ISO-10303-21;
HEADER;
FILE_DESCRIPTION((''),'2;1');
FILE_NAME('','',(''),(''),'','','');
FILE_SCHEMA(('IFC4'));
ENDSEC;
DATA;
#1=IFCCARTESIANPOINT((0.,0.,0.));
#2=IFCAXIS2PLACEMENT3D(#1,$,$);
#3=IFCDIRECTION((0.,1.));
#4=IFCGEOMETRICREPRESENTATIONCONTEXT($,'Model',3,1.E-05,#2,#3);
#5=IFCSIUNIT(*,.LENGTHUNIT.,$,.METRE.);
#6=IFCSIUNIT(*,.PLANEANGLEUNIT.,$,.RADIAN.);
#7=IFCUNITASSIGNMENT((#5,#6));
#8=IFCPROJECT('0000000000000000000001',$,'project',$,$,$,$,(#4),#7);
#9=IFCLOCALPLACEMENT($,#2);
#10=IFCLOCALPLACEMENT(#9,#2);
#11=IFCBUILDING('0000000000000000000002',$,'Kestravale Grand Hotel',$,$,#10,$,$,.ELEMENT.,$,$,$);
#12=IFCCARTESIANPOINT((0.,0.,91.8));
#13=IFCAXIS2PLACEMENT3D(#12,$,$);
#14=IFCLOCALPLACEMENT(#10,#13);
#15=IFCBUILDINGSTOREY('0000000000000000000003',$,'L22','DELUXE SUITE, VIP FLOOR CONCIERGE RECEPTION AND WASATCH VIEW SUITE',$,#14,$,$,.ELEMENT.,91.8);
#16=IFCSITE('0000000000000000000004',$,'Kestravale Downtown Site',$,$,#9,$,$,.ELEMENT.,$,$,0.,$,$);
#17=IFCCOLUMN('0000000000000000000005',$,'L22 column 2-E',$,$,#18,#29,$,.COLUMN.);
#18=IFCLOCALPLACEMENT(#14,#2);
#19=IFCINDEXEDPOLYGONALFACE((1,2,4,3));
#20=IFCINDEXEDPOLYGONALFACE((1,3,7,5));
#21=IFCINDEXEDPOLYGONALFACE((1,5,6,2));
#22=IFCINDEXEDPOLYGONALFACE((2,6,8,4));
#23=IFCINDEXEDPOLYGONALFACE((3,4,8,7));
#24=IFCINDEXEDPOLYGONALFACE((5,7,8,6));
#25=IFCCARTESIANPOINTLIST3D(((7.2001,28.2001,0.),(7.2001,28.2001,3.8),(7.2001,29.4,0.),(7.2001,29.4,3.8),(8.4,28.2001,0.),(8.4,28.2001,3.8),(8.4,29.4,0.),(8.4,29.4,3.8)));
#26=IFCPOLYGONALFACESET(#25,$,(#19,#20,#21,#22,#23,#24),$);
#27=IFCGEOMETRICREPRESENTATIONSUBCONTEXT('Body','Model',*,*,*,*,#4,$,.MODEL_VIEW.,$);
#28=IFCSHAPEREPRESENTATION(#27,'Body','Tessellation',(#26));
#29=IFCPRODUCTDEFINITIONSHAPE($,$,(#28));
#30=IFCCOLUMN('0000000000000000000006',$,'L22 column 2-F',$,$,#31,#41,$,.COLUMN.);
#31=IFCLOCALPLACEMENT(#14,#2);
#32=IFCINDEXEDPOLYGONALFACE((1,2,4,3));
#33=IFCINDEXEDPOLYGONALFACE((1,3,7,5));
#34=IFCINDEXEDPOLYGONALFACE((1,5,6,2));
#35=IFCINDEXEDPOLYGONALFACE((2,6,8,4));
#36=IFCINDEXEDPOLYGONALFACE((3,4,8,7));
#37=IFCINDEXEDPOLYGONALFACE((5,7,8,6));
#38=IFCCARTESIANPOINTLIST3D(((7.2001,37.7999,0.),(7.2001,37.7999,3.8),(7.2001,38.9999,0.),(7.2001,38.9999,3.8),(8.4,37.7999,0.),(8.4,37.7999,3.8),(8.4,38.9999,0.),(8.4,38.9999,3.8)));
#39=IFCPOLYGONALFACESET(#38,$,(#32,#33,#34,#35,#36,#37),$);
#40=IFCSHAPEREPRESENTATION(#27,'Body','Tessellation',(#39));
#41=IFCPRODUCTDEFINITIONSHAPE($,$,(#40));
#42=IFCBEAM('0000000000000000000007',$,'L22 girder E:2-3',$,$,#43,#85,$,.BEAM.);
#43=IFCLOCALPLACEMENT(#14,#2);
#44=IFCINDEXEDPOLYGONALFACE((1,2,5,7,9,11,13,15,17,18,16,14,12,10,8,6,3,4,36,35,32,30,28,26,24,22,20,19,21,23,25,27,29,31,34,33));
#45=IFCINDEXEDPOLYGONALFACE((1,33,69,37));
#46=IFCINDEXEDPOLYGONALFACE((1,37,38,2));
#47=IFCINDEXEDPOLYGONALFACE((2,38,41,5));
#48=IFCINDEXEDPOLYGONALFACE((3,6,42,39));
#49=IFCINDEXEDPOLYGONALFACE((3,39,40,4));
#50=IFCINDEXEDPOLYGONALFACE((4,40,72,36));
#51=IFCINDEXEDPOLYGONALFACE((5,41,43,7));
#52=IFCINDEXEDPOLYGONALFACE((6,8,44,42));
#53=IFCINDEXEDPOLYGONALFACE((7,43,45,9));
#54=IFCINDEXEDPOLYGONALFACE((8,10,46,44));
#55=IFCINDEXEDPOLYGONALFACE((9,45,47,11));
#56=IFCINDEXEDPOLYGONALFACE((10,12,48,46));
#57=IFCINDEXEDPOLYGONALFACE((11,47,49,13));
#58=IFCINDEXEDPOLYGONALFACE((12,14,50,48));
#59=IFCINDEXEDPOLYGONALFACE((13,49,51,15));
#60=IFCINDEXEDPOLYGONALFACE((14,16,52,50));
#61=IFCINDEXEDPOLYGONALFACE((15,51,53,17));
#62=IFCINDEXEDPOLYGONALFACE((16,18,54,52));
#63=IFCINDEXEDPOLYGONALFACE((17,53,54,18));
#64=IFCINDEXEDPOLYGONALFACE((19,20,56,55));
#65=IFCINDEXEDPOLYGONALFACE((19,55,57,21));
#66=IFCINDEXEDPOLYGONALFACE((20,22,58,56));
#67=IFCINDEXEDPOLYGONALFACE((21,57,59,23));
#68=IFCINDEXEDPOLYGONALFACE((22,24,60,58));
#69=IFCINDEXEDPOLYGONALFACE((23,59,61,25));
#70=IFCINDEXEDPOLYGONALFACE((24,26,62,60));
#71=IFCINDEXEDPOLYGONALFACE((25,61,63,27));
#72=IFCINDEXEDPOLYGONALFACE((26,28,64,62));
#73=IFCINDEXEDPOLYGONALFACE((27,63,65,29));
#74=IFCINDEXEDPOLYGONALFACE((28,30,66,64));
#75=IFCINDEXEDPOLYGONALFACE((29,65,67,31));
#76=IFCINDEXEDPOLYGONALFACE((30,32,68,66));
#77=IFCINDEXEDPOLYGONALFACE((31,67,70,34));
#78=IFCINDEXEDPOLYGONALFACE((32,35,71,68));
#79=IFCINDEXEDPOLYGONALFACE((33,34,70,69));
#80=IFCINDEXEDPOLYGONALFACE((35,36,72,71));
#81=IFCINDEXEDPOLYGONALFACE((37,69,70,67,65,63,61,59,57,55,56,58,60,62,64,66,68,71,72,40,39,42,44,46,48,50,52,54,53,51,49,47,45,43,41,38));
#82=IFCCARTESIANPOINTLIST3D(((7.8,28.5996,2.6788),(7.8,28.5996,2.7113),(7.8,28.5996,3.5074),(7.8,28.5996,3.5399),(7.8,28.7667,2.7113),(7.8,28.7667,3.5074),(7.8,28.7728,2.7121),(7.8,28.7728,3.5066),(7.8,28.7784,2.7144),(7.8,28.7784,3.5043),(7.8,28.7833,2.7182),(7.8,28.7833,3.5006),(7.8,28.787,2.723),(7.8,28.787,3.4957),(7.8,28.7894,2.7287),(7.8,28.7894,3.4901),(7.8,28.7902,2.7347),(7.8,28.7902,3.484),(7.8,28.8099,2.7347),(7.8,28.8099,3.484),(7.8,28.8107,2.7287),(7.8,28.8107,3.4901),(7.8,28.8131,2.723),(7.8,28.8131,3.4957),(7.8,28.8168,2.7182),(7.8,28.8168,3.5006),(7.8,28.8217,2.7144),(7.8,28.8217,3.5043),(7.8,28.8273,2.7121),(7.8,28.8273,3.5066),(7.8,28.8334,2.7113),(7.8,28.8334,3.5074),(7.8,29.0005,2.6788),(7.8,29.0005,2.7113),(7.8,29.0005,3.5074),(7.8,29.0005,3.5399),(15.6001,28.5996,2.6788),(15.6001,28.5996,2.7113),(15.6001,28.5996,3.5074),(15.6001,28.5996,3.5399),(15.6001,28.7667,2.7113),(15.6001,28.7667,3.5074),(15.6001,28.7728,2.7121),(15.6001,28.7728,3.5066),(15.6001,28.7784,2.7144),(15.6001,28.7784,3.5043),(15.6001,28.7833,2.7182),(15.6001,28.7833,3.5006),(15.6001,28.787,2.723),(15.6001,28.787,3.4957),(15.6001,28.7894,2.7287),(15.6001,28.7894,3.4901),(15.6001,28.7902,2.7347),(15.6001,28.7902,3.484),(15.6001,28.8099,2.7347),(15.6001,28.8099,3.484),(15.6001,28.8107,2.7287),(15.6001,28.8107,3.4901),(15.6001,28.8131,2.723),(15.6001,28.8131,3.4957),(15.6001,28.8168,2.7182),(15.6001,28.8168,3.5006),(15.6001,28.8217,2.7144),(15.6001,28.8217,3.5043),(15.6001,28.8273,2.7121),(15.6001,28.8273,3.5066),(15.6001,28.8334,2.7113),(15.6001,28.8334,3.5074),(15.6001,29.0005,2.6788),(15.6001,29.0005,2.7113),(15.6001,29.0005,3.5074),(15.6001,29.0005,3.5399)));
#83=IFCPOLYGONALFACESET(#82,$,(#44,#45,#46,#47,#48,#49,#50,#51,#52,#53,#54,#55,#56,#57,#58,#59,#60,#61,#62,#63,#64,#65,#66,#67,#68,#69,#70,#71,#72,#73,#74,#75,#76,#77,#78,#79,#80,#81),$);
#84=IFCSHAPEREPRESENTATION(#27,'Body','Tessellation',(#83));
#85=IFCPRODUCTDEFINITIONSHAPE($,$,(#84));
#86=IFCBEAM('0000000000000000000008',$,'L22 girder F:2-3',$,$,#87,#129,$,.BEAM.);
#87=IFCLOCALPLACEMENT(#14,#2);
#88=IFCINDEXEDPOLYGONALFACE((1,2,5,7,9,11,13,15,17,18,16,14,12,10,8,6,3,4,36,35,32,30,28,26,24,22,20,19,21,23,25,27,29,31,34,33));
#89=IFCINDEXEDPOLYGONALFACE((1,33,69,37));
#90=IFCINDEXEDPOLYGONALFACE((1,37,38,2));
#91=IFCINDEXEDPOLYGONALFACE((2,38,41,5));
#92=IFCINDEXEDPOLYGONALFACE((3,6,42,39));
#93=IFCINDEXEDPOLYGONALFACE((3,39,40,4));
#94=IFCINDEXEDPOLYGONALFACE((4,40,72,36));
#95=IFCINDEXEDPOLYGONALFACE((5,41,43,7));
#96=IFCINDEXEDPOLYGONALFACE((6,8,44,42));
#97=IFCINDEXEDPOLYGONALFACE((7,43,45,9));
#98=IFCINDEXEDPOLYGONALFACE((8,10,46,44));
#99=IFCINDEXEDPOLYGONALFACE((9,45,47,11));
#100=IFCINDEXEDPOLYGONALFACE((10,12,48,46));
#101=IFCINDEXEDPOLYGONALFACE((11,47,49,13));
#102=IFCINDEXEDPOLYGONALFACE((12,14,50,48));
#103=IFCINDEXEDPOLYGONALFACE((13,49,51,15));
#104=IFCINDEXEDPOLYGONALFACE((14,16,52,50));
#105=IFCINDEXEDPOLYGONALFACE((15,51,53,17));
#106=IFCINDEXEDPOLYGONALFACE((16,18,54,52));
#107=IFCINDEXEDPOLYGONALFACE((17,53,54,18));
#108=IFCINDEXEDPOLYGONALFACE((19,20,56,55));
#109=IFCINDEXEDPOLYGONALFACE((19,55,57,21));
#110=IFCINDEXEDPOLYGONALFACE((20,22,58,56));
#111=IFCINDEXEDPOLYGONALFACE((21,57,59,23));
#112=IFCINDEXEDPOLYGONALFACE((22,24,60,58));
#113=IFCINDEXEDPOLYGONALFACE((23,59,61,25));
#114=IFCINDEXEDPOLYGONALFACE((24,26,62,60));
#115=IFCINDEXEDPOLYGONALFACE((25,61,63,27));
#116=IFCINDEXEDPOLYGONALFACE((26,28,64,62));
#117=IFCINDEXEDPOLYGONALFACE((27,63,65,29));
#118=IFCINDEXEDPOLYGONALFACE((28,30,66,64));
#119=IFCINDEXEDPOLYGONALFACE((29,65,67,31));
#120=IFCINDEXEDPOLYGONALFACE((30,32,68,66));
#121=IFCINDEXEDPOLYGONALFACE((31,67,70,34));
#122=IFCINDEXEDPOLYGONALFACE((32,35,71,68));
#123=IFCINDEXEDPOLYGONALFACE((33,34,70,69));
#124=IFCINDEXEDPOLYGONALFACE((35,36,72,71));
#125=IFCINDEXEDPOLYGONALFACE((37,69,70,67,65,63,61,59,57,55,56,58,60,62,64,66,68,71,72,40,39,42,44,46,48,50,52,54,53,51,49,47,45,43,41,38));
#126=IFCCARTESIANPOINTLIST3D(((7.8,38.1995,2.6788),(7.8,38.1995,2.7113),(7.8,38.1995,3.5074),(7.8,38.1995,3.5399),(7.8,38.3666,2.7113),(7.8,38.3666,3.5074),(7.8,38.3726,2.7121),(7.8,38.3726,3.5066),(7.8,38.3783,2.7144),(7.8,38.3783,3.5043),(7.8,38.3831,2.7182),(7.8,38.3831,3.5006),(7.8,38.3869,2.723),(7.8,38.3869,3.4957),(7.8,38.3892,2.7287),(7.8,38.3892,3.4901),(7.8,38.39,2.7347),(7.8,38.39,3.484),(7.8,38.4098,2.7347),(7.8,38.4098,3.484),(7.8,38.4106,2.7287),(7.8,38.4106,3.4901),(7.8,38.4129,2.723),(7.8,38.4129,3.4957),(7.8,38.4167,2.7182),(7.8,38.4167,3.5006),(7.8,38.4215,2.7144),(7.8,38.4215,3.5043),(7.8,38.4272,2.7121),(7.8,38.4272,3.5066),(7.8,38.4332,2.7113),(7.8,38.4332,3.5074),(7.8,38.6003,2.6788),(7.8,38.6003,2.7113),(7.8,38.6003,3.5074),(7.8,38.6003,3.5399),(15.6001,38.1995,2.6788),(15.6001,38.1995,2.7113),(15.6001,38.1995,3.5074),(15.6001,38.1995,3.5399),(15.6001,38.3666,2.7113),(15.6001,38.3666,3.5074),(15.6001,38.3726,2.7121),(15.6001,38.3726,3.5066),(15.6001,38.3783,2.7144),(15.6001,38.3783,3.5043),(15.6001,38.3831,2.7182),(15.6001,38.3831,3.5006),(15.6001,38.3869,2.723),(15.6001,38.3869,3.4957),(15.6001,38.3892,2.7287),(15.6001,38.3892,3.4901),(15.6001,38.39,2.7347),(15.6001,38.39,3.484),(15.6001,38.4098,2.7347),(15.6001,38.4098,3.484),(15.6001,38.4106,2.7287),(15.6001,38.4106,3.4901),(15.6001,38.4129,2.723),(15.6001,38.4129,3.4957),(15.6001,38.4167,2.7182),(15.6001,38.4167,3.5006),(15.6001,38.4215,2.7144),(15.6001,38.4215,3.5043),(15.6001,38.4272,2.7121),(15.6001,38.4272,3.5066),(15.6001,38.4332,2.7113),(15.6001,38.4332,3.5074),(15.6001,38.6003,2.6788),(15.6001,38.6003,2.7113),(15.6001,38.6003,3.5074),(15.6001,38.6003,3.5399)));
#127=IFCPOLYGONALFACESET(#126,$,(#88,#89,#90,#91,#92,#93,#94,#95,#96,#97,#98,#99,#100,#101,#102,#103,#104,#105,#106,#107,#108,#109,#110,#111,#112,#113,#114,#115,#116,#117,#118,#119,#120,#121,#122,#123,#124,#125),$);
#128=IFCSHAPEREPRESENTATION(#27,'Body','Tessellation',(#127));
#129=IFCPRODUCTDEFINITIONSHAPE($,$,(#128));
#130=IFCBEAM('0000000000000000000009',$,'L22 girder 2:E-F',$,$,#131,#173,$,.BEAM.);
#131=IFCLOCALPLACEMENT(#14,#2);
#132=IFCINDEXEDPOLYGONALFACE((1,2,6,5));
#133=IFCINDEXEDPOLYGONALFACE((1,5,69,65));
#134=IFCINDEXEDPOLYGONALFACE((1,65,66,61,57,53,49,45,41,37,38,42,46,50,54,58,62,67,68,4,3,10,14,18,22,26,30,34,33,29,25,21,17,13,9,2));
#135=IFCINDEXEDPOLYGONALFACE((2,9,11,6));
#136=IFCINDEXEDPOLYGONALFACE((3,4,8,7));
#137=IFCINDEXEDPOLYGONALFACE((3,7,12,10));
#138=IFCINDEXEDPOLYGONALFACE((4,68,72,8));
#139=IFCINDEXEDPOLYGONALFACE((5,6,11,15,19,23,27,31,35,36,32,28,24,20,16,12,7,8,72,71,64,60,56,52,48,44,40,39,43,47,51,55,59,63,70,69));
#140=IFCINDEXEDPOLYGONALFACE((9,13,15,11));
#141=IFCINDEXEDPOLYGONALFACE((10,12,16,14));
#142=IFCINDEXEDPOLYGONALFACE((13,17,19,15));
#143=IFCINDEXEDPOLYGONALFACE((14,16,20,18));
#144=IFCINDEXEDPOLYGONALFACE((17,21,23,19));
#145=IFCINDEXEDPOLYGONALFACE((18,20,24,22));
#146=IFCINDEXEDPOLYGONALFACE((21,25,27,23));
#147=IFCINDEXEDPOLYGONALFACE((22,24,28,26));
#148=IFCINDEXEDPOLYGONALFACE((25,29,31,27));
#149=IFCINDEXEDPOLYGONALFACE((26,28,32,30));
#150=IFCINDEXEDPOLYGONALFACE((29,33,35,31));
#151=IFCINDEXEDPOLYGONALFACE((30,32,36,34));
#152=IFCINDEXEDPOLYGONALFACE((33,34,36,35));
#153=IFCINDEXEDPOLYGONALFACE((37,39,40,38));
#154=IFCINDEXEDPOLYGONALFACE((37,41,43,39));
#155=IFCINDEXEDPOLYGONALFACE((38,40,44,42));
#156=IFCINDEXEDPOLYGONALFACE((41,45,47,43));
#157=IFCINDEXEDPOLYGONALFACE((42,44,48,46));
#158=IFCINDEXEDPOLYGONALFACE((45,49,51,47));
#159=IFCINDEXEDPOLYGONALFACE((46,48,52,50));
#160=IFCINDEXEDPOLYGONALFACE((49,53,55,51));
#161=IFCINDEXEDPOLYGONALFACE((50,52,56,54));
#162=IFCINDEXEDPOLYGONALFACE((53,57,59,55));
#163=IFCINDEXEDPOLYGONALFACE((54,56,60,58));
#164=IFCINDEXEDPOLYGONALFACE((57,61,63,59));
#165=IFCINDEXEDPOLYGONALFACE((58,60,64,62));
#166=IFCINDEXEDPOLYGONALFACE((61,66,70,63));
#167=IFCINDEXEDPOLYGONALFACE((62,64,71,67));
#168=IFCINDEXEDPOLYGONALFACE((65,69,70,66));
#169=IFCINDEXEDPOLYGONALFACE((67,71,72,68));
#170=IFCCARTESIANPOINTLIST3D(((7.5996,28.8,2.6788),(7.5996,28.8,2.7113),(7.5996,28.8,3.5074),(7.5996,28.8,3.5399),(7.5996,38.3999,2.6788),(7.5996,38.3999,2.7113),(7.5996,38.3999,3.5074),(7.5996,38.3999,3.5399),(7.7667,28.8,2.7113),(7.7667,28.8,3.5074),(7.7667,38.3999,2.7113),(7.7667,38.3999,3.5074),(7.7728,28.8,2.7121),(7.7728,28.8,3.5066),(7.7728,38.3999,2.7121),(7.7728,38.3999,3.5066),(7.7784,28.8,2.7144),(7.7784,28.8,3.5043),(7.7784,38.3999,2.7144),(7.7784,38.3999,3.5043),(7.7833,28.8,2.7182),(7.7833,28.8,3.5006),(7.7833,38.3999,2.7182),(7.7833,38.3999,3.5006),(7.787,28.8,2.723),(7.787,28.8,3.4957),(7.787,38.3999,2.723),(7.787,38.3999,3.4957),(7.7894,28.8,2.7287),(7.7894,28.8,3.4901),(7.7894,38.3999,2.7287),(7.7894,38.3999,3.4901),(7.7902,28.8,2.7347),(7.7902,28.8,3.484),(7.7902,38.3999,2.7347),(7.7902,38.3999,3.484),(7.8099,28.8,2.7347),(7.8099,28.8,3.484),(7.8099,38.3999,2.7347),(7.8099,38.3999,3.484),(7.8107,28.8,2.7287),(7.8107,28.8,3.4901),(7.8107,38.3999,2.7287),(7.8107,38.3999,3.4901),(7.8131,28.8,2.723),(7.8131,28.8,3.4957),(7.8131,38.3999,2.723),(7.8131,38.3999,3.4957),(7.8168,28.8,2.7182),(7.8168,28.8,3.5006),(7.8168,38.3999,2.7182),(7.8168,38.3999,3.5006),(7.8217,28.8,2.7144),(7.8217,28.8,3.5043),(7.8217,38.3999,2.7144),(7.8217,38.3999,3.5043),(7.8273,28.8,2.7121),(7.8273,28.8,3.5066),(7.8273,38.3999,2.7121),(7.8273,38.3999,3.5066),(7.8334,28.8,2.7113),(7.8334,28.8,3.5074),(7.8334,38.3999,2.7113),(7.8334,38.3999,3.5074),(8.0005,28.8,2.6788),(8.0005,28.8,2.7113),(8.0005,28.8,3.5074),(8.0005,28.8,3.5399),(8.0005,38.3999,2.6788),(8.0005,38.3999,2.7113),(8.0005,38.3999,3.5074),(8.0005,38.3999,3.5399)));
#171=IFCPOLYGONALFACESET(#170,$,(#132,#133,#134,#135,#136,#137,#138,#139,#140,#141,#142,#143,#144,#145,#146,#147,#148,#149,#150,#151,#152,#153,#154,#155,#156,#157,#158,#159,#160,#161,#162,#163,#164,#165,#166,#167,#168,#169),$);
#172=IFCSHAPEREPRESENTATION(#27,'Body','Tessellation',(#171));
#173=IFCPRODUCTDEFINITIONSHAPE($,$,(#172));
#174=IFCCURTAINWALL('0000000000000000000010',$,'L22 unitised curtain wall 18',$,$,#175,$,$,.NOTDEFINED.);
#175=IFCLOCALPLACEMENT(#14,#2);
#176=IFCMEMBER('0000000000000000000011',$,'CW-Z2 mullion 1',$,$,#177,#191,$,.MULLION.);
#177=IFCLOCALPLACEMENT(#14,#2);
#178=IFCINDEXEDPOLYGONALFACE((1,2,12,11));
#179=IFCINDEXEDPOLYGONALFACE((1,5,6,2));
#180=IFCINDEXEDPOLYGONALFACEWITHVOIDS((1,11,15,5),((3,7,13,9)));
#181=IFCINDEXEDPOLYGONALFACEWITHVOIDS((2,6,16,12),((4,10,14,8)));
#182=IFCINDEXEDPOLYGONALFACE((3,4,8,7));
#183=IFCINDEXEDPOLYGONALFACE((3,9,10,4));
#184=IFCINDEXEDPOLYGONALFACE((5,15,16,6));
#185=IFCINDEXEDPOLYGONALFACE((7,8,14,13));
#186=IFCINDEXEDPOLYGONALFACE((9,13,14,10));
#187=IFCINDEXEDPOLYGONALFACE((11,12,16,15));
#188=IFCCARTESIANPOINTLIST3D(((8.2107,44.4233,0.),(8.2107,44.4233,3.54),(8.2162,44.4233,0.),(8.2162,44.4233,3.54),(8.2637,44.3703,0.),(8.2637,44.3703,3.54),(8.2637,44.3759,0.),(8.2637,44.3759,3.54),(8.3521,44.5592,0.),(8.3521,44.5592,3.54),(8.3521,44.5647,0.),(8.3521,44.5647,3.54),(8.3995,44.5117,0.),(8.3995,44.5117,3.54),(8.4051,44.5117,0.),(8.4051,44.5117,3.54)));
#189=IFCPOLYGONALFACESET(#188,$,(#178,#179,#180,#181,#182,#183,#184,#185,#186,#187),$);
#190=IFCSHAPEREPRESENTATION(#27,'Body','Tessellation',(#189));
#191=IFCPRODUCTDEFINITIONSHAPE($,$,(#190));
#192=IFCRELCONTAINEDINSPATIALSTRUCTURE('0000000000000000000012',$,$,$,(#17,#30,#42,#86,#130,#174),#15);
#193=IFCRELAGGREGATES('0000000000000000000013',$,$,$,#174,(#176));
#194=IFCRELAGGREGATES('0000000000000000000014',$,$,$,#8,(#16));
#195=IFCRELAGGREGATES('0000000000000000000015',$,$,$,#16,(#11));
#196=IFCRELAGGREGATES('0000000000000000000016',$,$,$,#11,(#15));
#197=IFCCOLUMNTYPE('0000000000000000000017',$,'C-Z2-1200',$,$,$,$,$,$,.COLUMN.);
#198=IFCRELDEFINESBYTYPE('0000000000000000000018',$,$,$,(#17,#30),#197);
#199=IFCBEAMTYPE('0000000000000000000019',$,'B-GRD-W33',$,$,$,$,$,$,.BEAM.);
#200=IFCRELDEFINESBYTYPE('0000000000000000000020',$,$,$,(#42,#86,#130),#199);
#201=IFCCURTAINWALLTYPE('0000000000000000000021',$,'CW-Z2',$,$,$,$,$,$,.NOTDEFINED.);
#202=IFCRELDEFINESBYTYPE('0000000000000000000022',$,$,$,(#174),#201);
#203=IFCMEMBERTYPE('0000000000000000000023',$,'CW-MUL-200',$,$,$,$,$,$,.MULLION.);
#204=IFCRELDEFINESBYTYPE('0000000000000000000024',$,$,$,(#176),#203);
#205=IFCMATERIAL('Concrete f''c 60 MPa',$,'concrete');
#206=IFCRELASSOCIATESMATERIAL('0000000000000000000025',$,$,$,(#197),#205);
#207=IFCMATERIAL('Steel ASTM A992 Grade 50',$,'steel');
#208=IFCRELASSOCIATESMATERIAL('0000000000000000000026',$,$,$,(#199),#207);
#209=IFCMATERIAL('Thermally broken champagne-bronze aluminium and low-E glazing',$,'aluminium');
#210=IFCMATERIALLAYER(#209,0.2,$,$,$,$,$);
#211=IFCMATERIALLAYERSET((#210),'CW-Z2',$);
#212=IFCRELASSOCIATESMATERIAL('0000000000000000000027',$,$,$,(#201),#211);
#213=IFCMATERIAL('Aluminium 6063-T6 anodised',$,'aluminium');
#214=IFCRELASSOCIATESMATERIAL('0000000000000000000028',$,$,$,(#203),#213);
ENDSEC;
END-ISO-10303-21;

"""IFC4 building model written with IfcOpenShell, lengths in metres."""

from ifc_helpers import new_model, si_unit, direction, frame, origin, origin_2d, place, context, subcontext, project, spatial, rectangle, hollow_rectangle, i_section, extrude, material, layer, layer_set, material_profile, profile_set, type_object, element, aggregate, save


model = new_model("IFC4")

# Units and contexts
model_context = context("Model", 3, precision=1e-05, world=origin(), true_north=direction((0.0, 1.0)))
body_context = subcontext(model_context, "Body", "Model", "MODEL_VIEW")
ifc_project = project(units=[si_unit("LENGTHUNIT", "METRE"), si_unit("PLANEANGLEUNIT", "RADIAN")], contexts=[model_context])

# Site, building, storey
site_placement = place(None, origin())
site = spatial("IfcSite", under=ifc_project, at=site_placement, Name="Kestravale Downtown Site", CompositionType="ELEMENT", RefElevation=0.0)
building_placement = place(site_placement, origin())
building = spatial("IfcBuilding", under=site, at=building_placement, Name="Kestravale Grand Hotel", CompositionType="ELEMENT")
storey_placement = place(building_placement, frame((0.0, 0.0, 91.8)))
storey = spatial("IfcBuildingStorey", under=building, at=storey_placement, Name="L22", Description="DELUXE SUITE, VIP FLOOR CONCIERGE RECEPTION AND WASATCH VIEW SUITE", CompositionType="ELEMENT", Elevation=91.8)

# Columns
ifc_material_1 = material(Name="Concrete f'c 60 MPa", Category="concrete")
ifc_material_profile_1 = material_profile(ifc_material_1, rectangle(XDim=1.2, YDim=1.2, at=origin_2d()))
ifc_profile_set_1 = profile_set([ifc_material_profile_1], Name="Concrete f'c 60 MPa")
column_type = type_object("IfcColumnType", Name="C-Z2-1200", PredefinedType="COLUMN", material=ifc_profile_set_1)
for number, where, z_axis, x_axis, name in (
    (1, (7.8, 28.8, 0.0), (0.0, 0.0, 1.0), (1.0, 0.0, 0.0), "L22 column 2-E"),
    (2, (7.8, 38.3999, 0.0), (0.0, 0.0, 1.0), (1.0, 0.0, 0.0), "L22 column 2-F"),
):
    element("IfcColumn", number, at=place(storey_placement, frame(where, z_axis=z_axis, x_axis=x_axis)), inside=storey, type_object=column_type, Name=name, PredefinedType="COLUMN", context=body_context, shape_type="SweptSolid", body=[
        extrude(rectangle(XDim=1.2, YDim=1.2, at=origin_2d()), origin(), (0.0, 0.0, 1.0), 3.8),
    ])

# Beams
ifc_material_2 = material(Name="Steel ASTM A992 Grade 50", Category="steel")
ifc_material_profile_2 = material_profile(ifc_material_2, i_section(OverallWidth=0.4009, OverallDepth=0.8611, WebThickness=0.0198, FlangeThickness=0.0325, FilletRadius=0.0234, at=origin_2d()))
ifc_profile_set_2 = profile_set([ifc_material_profile_2], Name="Steel ASTM A992 Grade 50")
beam_type = type_object("IfcBeamType", Name="B-GRD-W33", PredefinedType="BEAM", material=ifc_profile_set_2)
for number, where, z_axis, x_axis, name in (
    (3, (7.8, 28.8, 3.1094), (1.0, 0.0, 0.0), (0.0, 1.0, 0.0), "L22 girder E:2-3"),
    (4, (7.8, 38.3999, 3.1094), (1.0, 0.0, 0.0), (0.0, 1.0, 0.0), "L22 girder F:2-3"),
):
    element("IfcBeam", number, at=place(storey_placement, frame(where, z_axis=z_axis, x_axis=x_axis)), inside=storey, type_object=beam_type, Name=name, PredefinedType="BEAM", context=body_context, shape_type="SweptSolid", body=[
        extrude(i_section(OverallWidth=0.4009, OverallDepth=0.8611, WebThickness=0.0198, FlangeThickness=0.0325, FilletRadius=0.0234, at=origin_2d()), origin(), (0.0, 0.0, 1.0), 7.8),
    ])
beam_placement = place(storey_placement, frame((7.8, 28.8, 3.1094), z_axis=(0.0, 1.0, 0.0), x_axis=(-1.0, 0.0, 0.0)))
element("IfcBeam", 5, at=beam_placement, inside=storey, type_object=beam_type, Name="L22 girder 2:E-F", PredefinedType="BEAM", context=body_context, shape_type="SweptSolid", body=[
    extrude(i_section(OverallWidth=0.4009, OverallDepth=0.8611, WebThickness=0.0198, FlangeThickness=0.0325, FilletRadius=0.0234, at=origin_2d()), origin(), (0.0, 0.0, 1.0), 9.5999),
])

# Curtain wall, member
ifc_material_3 = material(Name="Thermally broken champagne-bronze aluminium and low-E glazing", Category="aluminium")
ifc_layer_1 = layer(ifc_material_3, 0.2)
ifc_layer_set_1 = layer_set([ifc_layer_1], Name="CW-Z2")
curtain_wall_type = type_object("IfcCurtainWallType", Name="CW-Z2", PredefinedType="NOTDEFINED", material=ifc_layer_set_1)
curtain_wall_placement = place(storey_placement, origin())
curtain_wall = element("IfcCurtainWall", 6, at=curtain_wall_placement, inside=storey, type_object=curtain_wall_type, Name="L22 unitised curtain wall 18", PredefinedType="NOTDEFINED")
ifc_material_4 = material(Name="Aluminium 6063-T6 anodised", Category="aluminium")
ifc_material_profile_3 = material_profile(ifc_material_4, hollow_rectangle(XDim=0.075, YDim=0.2, WallThickness=0.0039, at=origin_2d()))
ifc_profile_set_3 = profile_set([ifc_material_profile_3], Name="Aluminium 6063-T6 anodised")
member_type_1 = type_object("IfcMemberType", Name="CW-MUL-200", PredefinedType="MULLION", material=ifc_profile_set_3)
member_1_placement = place(storey_placement, frame((8.3079, 44.4675, 0.0), z_axis=(0.0, 0.0, 1.0), x_axis=(0.707107, -0.707107, 0.0)))
member_1 = element("IfcMember", 7, at=member_1_placement, type_object=member_type_1, Name="CW-Z2 mullion 1", PredefinedType="MULLION", context=body_context, shape_type="SweptSolid", body=[
    extrude(hollow_rectangle(XDim=0.075, YDim=0.2, WallThickness=0.0039, at=origin_2d()), origin(), (0.0, 0.0, 1.0), 3.54),
])
aggregate(curtain_wall, [member_1])

save(model, "model.ifc")
